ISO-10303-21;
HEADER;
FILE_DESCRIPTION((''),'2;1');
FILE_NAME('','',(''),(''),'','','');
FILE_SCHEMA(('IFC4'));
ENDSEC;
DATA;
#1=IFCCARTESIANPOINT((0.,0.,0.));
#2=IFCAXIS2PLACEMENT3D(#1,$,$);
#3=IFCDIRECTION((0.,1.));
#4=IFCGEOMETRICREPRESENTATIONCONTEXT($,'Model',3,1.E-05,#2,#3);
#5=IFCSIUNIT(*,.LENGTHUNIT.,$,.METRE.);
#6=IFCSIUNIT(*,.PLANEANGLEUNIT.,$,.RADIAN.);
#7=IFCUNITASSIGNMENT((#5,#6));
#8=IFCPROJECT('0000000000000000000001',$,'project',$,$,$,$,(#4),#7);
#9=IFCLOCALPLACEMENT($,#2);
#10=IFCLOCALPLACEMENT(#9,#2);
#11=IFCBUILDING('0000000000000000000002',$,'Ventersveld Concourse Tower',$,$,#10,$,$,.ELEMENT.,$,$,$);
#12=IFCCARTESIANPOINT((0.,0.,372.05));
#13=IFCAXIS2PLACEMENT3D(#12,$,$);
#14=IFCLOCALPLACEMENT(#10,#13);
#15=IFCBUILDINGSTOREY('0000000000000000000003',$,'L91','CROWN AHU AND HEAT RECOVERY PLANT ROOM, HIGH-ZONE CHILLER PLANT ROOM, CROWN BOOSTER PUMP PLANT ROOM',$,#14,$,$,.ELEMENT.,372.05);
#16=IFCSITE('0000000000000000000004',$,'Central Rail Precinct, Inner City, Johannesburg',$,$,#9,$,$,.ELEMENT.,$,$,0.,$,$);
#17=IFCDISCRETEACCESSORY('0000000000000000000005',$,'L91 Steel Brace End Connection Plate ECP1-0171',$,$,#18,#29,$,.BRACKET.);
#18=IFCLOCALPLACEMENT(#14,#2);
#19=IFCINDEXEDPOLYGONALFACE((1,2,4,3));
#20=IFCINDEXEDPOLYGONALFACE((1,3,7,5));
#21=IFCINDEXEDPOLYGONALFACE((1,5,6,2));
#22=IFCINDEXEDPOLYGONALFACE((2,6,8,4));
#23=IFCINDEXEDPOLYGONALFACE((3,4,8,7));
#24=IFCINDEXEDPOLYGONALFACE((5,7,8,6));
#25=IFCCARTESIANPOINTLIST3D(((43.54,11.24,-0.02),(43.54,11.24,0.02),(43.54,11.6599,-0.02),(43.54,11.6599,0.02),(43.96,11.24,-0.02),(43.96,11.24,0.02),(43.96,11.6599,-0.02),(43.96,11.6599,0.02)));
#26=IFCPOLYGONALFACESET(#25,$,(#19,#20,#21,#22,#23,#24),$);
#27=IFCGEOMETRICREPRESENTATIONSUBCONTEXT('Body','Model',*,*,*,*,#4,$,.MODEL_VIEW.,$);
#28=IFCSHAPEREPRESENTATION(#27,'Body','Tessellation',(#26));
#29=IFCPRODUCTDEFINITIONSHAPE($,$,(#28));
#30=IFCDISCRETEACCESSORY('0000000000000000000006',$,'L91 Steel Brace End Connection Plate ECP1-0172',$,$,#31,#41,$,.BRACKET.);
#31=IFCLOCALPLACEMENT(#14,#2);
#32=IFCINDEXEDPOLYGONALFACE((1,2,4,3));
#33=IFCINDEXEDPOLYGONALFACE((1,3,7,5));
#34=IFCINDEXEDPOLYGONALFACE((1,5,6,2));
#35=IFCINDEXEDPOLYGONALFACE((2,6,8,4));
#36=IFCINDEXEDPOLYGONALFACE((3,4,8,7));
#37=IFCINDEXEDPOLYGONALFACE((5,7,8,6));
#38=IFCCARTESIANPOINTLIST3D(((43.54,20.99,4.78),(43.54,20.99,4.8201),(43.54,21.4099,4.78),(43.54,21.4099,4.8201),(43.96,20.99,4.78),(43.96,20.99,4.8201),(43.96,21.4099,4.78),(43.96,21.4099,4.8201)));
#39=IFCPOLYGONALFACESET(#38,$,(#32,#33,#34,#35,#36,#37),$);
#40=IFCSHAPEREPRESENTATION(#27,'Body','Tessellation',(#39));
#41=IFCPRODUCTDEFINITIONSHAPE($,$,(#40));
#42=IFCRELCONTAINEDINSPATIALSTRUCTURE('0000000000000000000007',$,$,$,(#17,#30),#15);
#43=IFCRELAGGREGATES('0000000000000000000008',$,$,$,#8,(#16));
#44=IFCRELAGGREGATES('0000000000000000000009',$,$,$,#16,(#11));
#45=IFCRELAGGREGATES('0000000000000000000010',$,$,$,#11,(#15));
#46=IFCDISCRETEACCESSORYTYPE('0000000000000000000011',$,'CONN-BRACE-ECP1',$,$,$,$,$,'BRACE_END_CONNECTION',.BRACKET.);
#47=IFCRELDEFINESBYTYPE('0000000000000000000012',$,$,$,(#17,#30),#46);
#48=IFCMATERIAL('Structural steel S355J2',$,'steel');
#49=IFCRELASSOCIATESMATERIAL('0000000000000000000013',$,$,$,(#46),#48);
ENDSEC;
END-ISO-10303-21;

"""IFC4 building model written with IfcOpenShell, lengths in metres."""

from ifc_helpers import new_model, si_unit, direction, frame, origin, origin_2d, place, context, subcontext, project, spatial, rectangle, extrude, material, type_object, element, save


model = new_model("IFC4")

# Units and contexts
model_context = context("Model", 3, precision=1e-05, world=origin(), true_north=direction((0.0, 1.0)))
body_context = subcontext(model_context, "Body", "Model", "MODEL_VIEW")
ifc_project = project(units=[si_unit("LENGTHUNIT", "METRE"), si_unit("PLANEANGLEUNIT", "RADIAN")], contexts=[model_context])

# Site, building, storey
site_placement = place(None, origin())
site = spatial("IfcSite", under=ifc_project, at=site_placement, Name="Central Rail Precinct, Inner City, Johannesburg", CompositionType="ELEMENT", RefElevation=0.0)
building_placement = place(site_placement, origin())
building = spatial("IfcBuilding", under=site, at=building_placement, Name="Ventersveld Concourse Tower", CompositionType="ELEMENT")
storey_placement = place(building_placement, frame((0.0, 0.0, 372.05)))
storey = spatial("IfcBuildingStorey", under=building, at=storey_placement, Name="L91", Description="CROWN AHU AND HEAT RECOVERY PLANT ROOM, HIGH-ZONE CHILLER PLANT ROOM, CROWN BOOSTER PUMP PLANT ROOM", CompositionType="ELEMENT", Elevation=372.05)

# Discrete accessories
ifc_material_1 = material(Name="Structural steel S355J2", Category="steel")
discrete_accessory_type_1 = type_object("IfcDiscreteAccessoryType", Name="CONN-BRACE-ECP1", ElementType="BRACE_END_CONNECTION", PredefinedType="BRACKET", material=ifc_material_1)
for number, where, z_axis, x_axis, name in (
    (1, (43.75, 11.45, -0.02), (0.0, 0.0, 1.0), (1.0, 0.0, 0.0), "L91 Steel Brace End Connection Plate ECP1-0171"),
    (2, (43.75, 21.2, 4.78), (0.0, 0.0, 1.0), (1.0, 0.0, 0.0), "L91 Steel Brace End Connection Plate ECP1-0172"),
):
    element("IfcDiscreteAccessory", number, at=place(storey_placement, frame(where, z_axis=z_axis, x_axis=x_axis)), inside=storey, type_object=discrete_accessory_type_1, Name=name, PredefinedType="BRACKET", context=body_context, shape_type="SweptSolid", body=[
        extrude(rectangle(XDim=0.4199, YDim=0.4199, at=origin_2d()), origin(), (0.0, 0.0, 1.0), 0.04),
    ])

save(model, "model.ifc")
